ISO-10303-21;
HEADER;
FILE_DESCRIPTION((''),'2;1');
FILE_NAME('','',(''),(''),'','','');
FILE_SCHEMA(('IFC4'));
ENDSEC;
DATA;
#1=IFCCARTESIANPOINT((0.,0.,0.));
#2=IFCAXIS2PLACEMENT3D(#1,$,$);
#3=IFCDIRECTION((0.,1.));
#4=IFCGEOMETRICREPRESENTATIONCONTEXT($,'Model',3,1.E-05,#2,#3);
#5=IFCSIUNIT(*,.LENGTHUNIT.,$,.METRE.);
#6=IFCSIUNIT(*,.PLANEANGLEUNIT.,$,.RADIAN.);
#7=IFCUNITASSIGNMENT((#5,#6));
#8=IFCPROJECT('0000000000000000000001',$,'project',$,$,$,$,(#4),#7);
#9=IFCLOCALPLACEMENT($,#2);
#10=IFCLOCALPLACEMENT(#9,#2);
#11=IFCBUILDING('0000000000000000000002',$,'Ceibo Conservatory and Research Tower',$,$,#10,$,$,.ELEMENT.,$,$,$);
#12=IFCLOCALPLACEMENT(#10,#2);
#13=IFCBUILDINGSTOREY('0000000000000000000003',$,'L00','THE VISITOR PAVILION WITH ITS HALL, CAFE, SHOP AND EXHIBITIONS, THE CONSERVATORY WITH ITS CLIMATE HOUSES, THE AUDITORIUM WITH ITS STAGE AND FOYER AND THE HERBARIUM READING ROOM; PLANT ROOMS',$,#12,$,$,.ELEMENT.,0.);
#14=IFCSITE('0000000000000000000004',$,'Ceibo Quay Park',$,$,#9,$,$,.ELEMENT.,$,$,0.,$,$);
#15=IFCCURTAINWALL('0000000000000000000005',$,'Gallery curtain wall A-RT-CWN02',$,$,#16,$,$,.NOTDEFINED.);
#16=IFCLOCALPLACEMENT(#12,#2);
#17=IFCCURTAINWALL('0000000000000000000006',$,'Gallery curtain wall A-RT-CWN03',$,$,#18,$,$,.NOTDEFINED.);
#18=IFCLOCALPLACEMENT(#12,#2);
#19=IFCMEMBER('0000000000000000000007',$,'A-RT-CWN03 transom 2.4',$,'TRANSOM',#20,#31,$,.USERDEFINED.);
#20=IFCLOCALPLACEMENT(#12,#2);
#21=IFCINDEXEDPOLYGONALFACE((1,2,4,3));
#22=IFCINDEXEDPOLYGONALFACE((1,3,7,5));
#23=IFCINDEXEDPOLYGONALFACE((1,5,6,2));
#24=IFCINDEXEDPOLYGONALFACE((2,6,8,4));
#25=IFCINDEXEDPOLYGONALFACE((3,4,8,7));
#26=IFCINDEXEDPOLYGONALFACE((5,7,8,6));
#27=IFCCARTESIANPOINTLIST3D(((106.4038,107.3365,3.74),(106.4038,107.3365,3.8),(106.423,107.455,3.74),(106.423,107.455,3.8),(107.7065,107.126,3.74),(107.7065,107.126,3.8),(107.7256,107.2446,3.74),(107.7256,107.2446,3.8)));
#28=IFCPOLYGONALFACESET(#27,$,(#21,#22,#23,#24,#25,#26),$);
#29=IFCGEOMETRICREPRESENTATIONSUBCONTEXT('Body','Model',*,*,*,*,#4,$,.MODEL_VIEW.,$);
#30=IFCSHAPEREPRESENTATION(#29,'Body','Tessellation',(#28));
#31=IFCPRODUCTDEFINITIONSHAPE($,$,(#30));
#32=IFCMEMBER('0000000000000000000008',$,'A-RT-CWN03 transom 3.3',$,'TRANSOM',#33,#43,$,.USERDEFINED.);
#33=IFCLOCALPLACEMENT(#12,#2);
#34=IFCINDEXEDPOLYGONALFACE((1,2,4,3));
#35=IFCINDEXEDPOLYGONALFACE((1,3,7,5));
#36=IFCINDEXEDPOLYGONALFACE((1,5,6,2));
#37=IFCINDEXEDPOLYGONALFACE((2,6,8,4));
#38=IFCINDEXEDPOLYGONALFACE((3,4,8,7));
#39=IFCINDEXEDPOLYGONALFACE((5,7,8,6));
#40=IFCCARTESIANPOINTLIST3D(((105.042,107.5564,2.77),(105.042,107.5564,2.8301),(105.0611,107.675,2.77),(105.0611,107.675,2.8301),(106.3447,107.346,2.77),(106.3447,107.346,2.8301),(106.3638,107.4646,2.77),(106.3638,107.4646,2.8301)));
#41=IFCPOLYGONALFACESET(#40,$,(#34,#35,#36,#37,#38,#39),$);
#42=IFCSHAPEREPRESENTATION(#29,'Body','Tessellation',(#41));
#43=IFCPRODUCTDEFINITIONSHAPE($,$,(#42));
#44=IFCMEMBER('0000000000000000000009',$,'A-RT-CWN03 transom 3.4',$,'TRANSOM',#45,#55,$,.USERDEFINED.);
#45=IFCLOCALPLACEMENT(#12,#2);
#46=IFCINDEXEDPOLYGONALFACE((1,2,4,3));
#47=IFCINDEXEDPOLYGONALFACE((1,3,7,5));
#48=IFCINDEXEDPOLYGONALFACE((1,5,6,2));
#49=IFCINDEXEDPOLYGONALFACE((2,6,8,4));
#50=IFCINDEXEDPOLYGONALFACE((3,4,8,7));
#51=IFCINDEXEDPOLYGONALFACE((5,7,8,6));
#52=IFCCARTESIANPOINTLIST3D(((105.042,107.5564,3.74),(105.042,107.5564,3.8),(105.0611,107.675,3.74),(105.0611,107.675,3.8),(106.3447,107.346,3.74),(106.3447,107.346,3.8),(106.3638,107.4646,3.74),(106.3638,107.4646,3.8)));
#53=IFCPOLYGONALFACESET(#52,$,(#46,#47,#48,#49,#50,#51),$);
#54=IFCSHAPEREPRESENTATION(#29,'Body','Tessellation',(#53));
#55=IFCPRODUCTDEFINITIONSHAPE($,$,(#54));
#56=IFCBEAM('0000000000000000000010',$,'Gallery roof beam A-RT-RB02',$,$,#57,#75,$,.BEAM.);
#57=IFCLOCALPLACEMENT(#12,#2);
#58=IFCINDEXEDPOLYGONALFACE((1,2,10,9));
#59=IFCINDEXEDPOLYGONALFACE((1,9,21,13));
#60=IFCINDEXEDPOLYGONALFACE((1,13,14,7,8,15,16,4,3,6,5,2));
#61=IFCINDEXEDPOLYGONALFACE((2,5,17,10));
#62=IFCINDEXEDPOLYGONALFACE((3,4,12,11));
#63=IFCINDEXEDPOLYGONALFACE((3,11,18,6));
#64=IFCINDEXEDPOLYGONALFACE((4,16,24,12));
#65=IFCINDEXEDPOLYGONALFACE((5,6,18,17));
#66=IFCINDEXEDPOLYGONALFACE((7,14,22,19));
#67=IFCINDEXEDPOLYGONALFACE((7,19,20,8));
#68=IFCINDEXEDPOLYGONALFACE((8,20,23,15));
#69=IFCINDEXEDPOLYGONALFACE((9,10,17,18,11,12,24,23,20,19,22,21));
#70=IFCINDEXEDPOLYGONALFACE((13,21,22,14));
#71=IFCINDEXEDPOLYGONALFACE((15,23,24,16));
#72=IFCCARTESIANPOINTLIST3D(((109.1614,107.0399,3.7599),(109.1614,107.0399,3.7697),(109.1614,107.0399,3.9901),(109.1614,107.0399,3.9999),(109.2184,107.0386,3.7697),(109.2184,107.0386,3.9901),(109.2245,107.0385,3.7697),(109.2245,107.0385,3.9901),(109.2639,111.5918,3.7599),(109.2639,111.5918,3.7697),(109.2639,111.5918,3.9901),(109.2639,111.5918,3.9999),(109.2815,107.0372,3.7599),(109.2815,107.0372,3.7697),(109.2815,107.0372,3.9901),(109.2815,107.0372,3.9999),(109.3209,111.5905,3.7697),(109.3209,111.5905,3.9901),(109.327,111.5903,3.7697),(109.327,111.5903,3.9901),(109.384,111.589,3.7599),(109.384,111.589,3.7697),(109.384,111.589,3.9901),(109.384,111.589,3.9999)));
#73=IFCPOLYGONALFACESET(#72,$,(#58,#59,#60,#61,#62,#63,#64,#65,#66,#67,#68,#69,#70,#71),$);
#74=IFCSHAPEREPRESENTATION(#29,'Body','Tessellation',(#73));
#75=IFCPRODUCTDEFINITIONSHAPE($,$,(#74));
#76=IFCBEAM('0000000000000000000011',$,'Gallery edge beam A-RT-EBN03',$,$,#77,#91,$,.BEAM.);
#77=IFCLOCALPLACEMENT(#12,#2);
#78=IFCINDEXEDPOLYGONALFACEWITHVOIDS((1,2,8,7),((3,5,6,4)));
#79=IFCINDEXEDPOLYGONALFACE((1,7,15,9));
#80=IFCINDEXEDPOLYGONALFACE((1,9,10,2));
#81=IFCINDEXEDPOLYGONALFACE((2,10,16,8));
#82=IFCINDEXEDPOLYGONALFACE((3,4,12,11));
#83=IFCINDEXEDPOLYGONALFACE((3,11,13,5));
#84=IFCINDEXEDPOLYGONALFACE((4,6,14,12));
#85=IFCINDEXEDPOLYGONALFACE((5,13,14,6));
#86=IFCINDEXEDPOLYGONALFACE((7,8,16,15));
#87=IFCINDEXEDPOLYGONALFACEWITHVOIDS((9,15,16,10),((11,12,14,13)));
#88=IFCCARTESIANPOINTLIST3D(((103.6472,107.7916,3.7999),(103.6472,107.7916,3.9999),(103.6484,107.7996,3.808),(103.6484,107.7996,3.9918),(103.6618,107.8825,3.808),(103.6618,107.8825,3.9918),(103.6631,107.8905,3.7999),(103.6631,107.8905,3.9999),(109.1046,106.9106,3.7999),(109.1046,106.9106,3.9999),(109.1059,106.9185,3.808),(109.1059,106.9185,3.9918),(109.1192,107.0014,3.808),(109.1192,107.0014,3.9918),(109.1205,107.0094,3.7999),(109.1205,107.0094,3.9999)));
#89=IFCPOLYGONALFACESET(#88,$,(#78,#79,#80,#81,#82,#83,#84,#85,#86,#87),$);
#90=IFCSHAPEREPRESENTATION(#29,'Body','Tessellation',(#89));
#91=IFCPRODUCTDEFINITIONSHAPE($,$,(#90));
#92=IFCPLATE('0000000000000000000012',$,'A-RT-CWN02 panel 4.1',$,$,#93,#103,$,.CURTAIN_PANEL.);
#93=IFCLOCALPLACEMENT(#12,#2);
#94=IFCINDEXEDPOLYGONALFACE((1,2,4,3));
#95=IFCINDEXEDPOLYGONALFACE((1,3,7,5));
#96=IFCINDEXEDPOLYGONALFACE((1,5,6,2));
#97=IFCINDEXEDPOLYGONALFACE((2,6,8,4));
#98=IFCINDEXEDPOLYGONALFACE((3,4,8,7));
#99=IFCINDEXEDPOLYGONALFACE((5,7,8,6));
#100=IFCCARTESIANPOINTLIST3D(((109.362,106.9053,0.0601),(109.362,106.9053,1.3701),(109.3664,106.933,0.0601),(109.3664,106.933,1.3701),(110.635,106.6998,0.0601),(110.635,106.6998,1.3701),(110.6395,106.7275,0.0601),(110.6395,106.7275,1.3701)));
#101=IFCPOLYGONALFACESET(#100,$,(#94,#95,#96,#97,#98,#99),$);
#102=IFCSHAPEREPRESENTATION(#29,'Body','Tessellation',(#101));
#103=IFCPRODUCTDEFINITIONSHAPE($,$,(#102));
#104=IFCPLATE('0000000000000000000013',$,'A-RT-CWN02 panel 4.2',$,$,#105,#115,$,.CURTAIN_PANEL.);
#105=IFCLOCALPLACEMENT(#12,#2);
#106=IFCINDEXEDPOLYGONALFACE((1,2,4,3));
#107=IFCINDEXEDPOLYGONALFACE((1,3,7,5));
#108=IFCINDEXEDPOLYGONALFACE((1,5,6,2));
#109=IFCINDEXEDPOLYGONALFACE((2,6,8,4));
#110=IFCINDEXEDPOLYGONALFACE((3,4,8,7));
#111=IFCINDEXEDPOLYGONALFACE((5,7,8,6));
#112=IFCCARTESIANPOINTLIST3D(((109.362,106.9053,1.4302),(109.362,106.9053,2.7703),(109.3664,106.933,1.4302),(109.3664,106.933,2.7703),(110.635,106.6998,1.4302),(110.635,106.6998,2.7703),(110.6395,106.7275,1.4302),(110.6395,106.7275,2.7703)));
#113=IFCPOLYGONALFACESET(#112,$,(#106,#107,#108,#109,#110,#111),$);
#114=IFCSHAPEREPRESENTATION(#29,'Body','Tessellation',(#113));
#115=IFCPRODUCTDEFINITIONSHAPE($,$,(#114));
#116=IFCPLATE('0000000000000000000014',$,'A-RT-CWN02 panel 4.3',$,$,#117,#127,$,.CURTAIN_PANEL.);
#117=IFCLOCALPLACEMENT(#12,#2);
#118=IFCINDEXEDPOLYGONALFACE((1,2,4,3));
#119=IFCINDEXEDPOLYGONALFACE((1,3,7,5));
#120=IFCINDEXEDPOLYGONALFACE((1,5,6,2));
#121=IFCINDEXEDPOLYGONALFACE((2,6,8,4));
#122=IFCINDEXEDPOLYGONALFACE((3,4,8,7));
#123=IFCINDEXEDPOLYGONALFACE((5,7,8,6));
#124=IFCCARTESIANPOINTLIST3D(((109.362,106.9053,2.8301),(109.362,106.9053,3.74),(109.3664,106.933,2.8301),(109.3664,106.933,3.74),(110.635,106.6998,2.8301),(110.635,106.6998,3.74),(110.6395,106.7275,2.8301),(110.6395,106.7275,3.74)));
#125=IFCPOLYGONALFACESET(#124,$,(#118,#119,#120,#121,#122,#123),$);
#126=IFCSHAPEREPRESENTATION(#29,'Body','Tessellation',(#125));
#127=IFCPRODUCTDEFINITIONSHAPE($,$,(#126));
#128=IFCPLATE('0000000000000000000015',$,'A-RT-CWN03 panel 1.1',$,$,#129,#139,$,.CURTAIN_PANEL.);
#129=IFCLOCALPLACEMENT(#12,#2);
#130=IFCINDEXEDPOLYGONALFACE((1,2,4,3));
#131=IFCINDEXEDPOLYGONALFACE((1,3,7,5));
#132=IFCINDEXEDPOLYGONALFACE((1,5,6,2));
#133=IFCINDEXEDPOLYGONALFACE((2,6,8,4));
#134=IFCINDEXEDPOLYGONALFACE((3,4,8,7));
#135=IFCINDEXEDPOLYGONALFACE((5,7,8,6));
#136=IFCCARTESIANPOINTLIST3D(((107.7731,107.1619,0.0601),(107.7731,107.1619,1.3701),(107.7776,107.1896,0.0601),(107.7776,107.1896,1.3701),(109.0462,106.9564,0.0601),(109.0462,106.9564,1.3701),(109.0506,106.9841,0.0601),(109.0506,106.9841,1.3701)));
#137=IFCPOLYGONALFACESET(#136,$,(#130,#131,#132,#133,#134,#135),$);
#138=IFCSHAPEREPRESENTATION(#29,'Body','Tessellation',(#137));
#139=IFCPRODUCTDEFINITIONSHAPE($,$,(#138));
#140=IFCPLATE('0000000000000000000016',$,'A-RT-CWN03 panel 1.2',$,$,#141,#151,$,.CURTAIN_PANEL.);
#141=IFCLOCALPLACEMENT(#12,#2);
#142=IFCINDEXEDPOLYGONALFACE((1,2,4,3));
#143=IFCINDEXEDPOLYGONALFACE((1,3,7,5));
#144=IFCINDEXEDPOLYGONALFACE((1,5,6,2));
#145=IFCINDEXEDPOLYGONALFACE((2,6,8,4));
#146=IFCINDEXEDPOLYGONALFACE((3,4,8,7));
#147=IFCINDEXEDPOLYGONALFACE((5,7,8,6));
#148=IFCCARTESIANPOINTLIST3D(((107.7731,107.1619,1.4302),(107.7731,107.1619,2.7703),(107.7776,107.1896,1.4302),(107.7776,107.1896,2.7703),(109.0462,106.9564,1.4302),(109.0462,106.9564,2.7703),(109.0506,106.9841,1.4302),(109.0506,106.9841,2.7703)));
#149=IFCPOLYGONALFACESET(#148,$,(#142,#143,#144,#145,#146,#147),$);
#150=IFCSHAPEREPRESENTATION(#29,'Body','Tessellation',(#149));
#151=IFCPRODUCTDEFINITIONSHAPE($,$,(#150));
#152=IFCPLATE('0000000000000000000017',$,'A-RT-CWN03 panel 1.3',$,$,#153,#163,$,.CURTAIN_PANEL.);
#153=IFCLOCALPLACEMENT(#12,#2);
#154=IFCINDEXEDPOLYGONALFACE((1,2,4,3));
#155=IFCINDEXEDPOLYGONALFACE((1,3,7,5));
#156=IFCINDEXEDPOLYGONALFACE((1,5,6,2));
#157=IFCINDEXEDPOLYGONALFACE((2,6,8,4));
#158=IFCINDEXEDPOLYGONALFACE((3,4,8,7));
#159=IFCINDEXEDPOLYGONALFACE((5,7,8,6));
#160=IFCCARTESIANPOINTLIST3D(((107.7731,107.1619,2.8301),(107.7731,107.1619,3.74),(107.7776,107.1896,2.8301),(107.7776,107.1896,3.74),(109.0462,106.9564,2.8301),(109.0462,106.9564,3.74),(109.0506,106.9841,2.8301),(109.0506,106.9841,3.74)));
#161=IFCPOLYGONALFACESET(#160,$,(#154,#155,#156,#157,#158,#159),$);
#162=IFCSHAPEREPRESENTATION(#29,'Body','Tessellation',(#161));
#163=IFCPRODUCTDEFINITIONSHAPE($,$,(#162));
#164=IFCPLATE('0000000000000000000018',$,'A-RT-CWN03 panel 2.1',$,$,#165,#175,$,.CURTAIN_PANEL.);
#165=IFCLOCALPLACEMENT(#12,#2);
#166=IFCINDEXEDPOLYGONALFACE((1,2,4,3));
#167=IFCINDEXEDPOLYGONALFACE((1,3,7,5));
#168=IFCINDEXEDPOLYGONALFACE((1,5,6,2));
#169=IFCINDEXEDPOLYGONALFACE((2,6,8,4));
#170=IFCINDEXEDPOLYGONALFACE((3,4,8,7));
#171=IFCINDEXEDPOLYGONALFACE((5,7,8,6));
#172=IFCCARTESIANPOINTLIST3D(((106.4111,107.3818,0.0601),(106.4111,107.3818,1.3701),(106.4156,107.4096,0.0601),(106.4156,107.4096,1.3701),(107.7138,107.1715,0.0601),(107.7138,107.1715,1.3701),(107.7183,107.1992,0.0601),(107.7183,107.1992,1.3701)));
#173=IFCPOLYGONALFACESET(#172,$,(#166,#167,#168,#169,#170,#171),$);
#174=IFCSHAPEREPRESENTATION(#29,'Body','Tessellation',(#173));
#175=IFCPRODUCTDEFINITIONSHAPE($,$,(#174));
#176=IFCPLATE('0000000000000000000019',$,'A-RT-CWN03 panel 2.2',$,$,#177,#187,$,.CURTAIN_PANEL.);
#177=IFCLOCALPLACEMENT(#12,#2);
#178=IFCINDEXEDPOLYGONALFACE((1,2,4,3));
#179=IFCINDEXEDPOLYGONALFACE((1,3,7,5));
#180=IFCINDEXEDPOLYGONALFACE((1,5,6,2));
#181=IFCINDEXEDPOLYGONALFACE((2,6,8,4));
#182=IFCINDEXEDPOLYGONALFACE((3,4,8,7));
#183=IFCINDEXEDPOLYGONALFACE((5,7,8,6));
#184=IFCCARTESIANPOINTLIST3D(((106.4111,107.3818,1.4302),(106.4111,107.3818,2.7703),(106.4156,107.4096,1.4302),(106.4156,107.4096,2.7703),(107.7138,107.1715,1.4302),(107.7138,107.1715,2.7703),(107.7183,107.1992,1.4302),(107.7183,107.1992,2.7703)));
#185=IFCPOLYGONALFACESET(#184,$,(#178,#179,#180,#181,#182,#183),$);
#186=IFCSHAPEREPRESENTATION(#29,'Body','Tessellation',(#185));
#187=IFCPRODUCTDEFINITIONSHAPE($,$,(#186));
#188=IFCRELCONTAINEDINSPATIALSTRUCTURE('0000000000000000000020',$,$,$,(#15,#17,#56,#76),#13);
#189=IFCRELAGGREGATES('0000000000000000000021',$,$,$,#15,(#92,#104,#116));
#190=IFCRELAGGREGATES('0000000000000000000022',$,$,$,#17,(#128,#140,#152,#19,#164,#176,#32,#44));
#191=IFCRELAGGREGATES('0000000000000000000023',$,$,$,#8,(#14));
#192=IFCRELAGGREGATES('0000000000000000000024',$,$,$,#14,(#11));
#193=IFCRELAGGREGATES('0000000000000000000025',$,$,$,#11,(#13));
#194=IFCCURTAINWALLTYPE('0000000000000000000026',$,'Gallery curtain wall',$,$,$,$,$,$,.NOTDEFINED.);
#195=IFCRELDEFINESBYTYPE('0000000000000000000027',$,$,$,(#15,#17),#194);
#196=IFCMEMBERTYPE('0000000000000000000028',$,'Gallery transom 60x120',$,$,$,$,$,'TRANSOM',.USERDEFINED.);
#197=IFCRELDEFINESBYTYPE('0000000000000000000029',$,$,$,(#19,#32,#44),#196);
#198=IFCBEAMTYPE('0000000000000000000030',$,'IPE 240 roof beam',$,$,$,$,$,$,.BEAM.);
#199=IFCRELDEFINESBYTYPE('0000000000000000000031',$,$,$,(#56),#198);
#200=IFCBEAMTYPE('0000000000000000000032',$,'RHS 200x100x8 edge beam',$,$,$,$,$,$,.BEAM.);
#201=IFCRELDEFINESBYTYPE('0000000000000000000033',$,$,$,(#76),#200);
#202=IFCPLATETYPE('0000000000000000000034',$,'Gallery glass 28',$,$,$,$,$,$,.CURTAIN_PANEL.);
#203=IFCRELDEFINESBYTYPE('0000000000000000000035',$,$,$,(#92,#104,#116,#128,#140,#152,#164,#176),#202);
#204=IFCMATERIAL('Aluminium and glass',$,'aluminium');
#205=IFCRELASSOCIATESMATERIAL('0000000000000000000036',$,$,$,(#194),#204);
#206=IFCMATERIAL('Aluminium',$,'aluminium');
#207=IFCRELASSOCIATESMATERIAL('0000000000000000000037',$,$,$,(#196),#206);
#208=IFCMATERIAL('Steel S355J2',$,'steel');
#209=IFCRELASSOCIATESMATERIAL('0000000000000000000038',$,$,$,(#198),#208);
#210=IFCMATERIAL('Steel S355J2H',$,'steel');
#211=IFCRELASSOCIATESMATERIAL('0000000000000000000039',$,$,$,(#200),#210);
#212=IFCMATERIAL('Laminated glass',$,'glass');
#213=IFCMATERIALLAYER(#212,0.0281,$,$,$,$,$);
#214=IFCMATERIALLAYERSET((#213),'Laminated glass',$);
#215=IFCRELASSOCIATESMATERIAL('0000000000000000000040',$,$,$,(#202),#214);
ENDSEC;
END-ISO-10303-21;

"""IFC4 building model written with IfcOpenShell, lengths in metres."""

from ifc_helpers import new_model, si_unit, direction, frame, origin, origin_2d, place, context, subcontext, project, spatial, rectangle, hollow_rectangle, i_section, extrude, material, layer, layer_set, material_profile, profile_set, type_object, element, aggregate, save


model = new_model("IFC4")

# Units and contexts
model_context = context("Model", 3, precision=1e-05, world=origin(), true_north=direction((0.0, 1.0)))
body_context = subcontext(model_context, "Body", "Model", "MODEL_VIEW")
ifc_project = project(units=[si_unit("LENGTHUNIT", "METRE"), si_unit("PLANEANGLEUNIT", "RADIAN")], contexts=[model_context])

# Site, building, storey
site_placement = place(None, origin())
site = spatial("IfcSite", under=ifc_project, at=site_placement, Name="Ceibo Quay Park", CompositionType="ELEMENT", RefElevation=0.0)
building_placement = place(site_placement, origin())
building = spatial("IfcBuilding", under=site, at=building_placement, Name="Ceibo Conservatory and Research Tower", CompositionType="ELEMENT")
storey_placement = place(building_placement, origin())
storey = spatial("IfcBuildingStorey", under=building, at=storey_placement, Name="L00", Description="THE VISITOR PAVILION WITH ITS HALL, CAFE, SHOP AND EXHIBITIONS, THE CONSERVATORY WITH ITS CLIMATE HOUSES, THE AUDITORIUM WITH ITS STAGE AND FOYER AND THE HERBARIUM READING ROOM; PLANT ROOMS", CompositionType="ELEMENT", Elevation=0.0)

# Shared definitions
ifc_material_1 = material(Name="Steel S355J2H", Category="steel")

# Curtain wall
ifc_material_2 = material(Name="Aluminium and glass", Category="aluminium")
curtain_wall_type = type_object("IfcCurtainWallType", Name="Gallery curtain wall", PredefinedType="NOTDEFINED", material=ifc_material_2)
curtain_wall_1_placement = place(storey_placement, origin())
curtain_wall_1 = element("IfcCurtainWall", 1, at=curtain_wall_1_placement, inside=storey, type_object=curtain_wall_type, Name="Gallery curtain wall A-RT-CWN02", PredefinedType="NOTDEFINED")
ifc_material_3 = material(Name="Aluminium", Category="aluminium")

# Curtain wall
curtain_wall_2_placement = place(storey_placement, origin())
curtain_wall_2 = element("IfcCurtainWall", 2, at=curtain_wall_2_placement, inside=storey, type_object=curtain_wall_type, Name="Gallery curtain wall A-RT-CWN03", PredefinedType="NOTDEFINED")

# Members
ifc_material_profile_1 = material_profile(ifc_material_3, rectangle(XDim=0.1201, YDim=0.0601, at=origin_2d()), Name="AL 60x120")
ifc_profile_set_1 = profile_set([ifc_material_profile_1], Name="Aluminium")
member_type_1 = type_object("IfcMemberType", Name="Gallery transom 60x120", ElementType="TRANSOM", PredefinedType="USERDEFINED", material=ifc_profile_set_1)
member_1_placement = place(storey_placement, frame((107.7161, 107.1853, 3.77), z_axis=(-0.987202, 0.159477, 0.0), x_axis=(-0.159477, -0.987202, 0.0)))
member_1 = element("IfcMember", 3, at=member_1_placement, type_object=member_type_1, Name="A-RT-CWN03 transom 2.4", ObjectType="TRANSOM", PredefinedType="USERDEFINED", context=body_context, shape_type="SweptSolid", body=[
    extrude(rectangle(XDim=0.1201, YDim=0.0601, at=origin_2d()), origin(), (0.0, 0.0, 1.0), 1.3196),
])
member_2_placement = place(storey_placement, frame((106.3542, 107.4053, 2.8), z_axis=(-0.987202, 0.159477, 0.0), x_axis=(-0.159477, -0.987202, 0.0)))
member_2 = element("IfcMember", 4, at=member_2_placement, type_object=member_type_1, Name="A-RT-CWN03 transom 3.3", ObjectType="TRANSOM", PredefinedType="USERDEFINED", context=body_context, shape_type="SweptSolid", body=[
    extrude(rectangle(XDim=0.1201, YDim=0.0601, at=origin_2d()), origin(), (0.0, 0.0, 1.0), 1.3196),
])
member_3_placement = place(storey_placement, frame((106.3542, 107.4053, 3.77), z_axis=(-0.987202, 0.159477, 0.0), x_axis=(-0.159477, -0.987202, 0.0)))
member_3 = element("IfcMember", 5, at=member_3_placement, type_object=member_type_1, Name="A-RT-CWN03 transom 3.4", ObjectType="TRANSOM", PredefinedType="USERDEFINED", context=body_context, shape_type="SweptSolid", body=[
    extrude(rectangle(XDim=0.1201, YDim=0.0601, at=origin_2d()), origin(), (0.0, 0.0, 1.0), 1.3196),
])

# Beams
ifc_material_4 = material(Name="Steel S355J2", Category="steel")
ifc_material_profile_2 = material_profile(ifc_material_4, i_section(OverallWidth=0.1201, OverallDepth=0.24, WebThickness=0.0061, FlangeThickness=0.0098, at=origin_2d()), Name="IPE 240")
ifc_profile_set_2 = profile_set([ifc_material_profile_2], Name="Steel S355J2")
beam_type_1 = type_object("IfcBeamType", Name="IPE 240 roof beam", PredefinedType="BEAM", material=ifc_profile_set_2)
beam_1_placement = place(storey_placement, frame((109.2214, 107.0386, 3.8799), z_axis=(0.022522, 0.999746, 0.0), x_axis=(-0.999746, 0.022522, 0.0)))
element("IfcBeam", 6, at=beam_1_placement, inside=storey, type_object=beam_type_1, Name="Gallery roof beam A-RT-RB02", PredefinedType="BEAM", context=body_context, shape_type="SweptSolid", body=[
    extrude(i_section(OverallWidth=0.1201, OverallDepth=0.24, WebThickness=0.0061, FlangeThickness=0.0098, at=origin_2d()), origin(), (0.0, 0.0, 1.0), 4.553),
])
ifc_material_profile_3 = material_profile(ifc_material_1, hollow_rectangle(XDim=0.1001, YDim=0.2, WallThickness=0.0081, at=origin_2d()), Name="RHS 200x100x8 edge beam")
ifc_profile_set_3 = profile_set([ifc_material_profile_3], Name="Steel S355J2H")
beam_type_2 = type_object("IfcBeamType", Name="RHS 200x100x8 edge beam", PredefinedType="BEAM", material=ifc_profile_set_3)
beam_2_placement = place(storey_placement, frame((109.1125, 106.96, 3.8999), z_axis=(-0.987217, 0.159384, 0.0), x_axis=(-0.159384, -0.987217, 0.0)))
element("IfcBeam", 7, at=beam_2_placement, inside=storey, type_object=beam_type_2, Name="Gallery edge beam A-RT-EBN03", PredefinedType="BEAM", context=body_context, shape_type="SweptSolid", body=[
    extrude(hollow_rectangle(XDim=0.1001, YDim=0.2, WallThickness=0.0081, at=origin_2d()), origin(), (0.0, 0.0, 1.0), 5.5281),
])

# Plates
ifc_material_5 = material(Name="Laminated glass", Category="glass")
ifc_layer = layer(ifc_material_5, 0.0281)
ifc_layer_set = layer_set([ifc_layer], Name="Laminated glass")
plate_type = type_object("IfcPlateType", Name="Gallery glass 28", PredefinedType="CURTAIN_PANEL", material=ifc_layer_set)
plate_1_placement = place(storey_placement, frame((110.0007, 106.8164, 0.0601), z_axis=(0.0, 0.0, 1.0), x_axis=(-0.987216, 0.159391, 0.0)))
plate_1 = element("IfcPlate", 8, at=plate_1_placement, type_object=plate_type, Name="A-RT-CWN02 panel 4.1", PredefinedType="CURTAIN_PANEL", context=body_context, shape_type="SweptSolid", body=[
    extrude(rectangle(XDim=1.2896, YDim=0.0281, at=origin_2d()), origin(), (0.0, 0.0, 1.0), 1.3101),
])
plate_2_placement = place(storey_placement, frame((110.0007, 106.8164, 1.4302), z_axis=(0.0, 0.0, 1.0), x_axis=(-0.987216, 0.159391, 0.0)))
plate_2 = element("IfcPlate", 9, at=plate_2_placement, type_object=plate_type, Name="A-RT-CWN02 panel 4.2", PredefinedType="CURTAIN_PANEL", context=body_context, shape_type="SweptSolid", body=[
    extrude(rectangle(XDim=1.2896, YDim=0.0281, at=origin_2d()), origin(), (0.0, 0.0, 1.0), 1.3401),
])
plate_3_placement = place(storey_placement, frame((110.0007, 106.8164, 2.8301), z_axis=(0.0, 0.0, 1.0), x_axis=(-0.987216, 0.159391, 0.0)))
plate_3 = element("IfcPlate", 10, at=plate_3_placement, type_object=plate_type, Name="A-RT-CWN02 panel 4.3", PredefinedType="CURTAIN_PANEL", context=body_context, shape_type="SweptSolid", body=[
    extrude(rectangle(XDim=1.2896, YDim=0.0281, at=origin_2d()), origin(), (0.0, 0.0, 1.0), 0.9099),
])
aggregate(curtain_wall_1, [plate_1, plate_2, plate_3])
plate_4_placement = place(storey_placement, frame((108.4119, 107.073, 0.0601), z_axis=(0.0, 0.0, 1.0), x_axis=(-0.987216, 0.159391, 0.0)))
plate_4 = element("IfcPlate", 11, at=plate_4_placement, type_object=plate_type, Name="A-RT-CWN03 panel 1.1", PredefinedType="CURTAIN_PANEL", context=body_context, shape_type="SweptSolid", body=[
    extrude(rectangle(XDim=1.2896, YDim=0.0281, at=origin_2d()), origin(), (0.0, 0.0, 1.0), 1.3101),
])
plate_5_placement = place(storey_placement, frame((108.4119, 107.073, 1.4302), z_axis=(0.0, 0.0, 1.0), x_axis=(-0.987216, 0.159391, 0.0)))
plate_5 = element("IfcPlate", 12, at=plate_5_placement, type_object=plate_type, Name="A-RT-CWN03 panel 1.2", PredefinedType="CURTAIN_PANEL", context=body_context, shape_type="SweptSolid", body=[
    extrude(rectangle(XDim=1.2896, YDim=0.0281, at=origin_2d()), origin(), (0.0, 0.0, 1.0), 1.3401),
])
plate_6_placement = place(storey_placement, frame((108.4119, 107.073, 2.8301), z_axis=(0.0, 0.0, 1.0), x_axis=(-0.987216, 0.159391, 0.0)))
plate_6 = element("IfcPlate", 13, at=plate_6_placement, type_object=plate_type, Name="A-RT-CWN03 panel 1.3", PredefinedType="CURTAIN_PANEL", context=body_context, shape_type="SweptSolid", body=[
    extrude(rectangle(XDim=1.2896, YDim=0.0281, at=origin_2d()), origin(), (0.0, 0.0, 1.0), 0.9099),
])
plate_7_placement = place(storey_placement, frame((107.0647, 107.2905, 0.0601), z_axis=(0.0, 0.0, 1.0), x_axis=(-0.987216, 0.159391, 0.0)))
plate_7 = element("IfcPlate", 14, at=plate_7_placement, type_object=plate_type, Name="A-RT-CWN03 panel 2.1", PredefinedType="CURTAIN_PANEL", context=body_context, shape_type="SweptSolid", body=[
    extrude(rectangle(XDim=1.3196, YDim=0.0281, at=origin_2d()), origin(), (0.0, 0.0, 1.0), 1.3101),
])
plate_8_placement = place(storey_placement, frame((107.0647, 107.2905, 1.4302), z_axis=(0.0, 0.0, 1.0), x_axis=(-0.987216, 0.159391, 0.0)))
plate_8 = element("IfcPlate", 15, at=plate_8_placement, type_object=plate_type, Name="A-RT-CWN03 panel 2.2", PredefinedType="CURTAIN_PANEL", context=body_context, shape_type="SweptSolid", body=[
    extrude(rectangle(XDim=1.3196, YDim=0.0281, at=origin_2d()), origin(), (0.0, 0.0, 1.0), 1.3401),
])
aggregate(curtain_wall_2, [plate_4, plate_5, plate_6, member_1, plate_7, plate_8, member_2, member_3])

save(model, "model.ifc")
